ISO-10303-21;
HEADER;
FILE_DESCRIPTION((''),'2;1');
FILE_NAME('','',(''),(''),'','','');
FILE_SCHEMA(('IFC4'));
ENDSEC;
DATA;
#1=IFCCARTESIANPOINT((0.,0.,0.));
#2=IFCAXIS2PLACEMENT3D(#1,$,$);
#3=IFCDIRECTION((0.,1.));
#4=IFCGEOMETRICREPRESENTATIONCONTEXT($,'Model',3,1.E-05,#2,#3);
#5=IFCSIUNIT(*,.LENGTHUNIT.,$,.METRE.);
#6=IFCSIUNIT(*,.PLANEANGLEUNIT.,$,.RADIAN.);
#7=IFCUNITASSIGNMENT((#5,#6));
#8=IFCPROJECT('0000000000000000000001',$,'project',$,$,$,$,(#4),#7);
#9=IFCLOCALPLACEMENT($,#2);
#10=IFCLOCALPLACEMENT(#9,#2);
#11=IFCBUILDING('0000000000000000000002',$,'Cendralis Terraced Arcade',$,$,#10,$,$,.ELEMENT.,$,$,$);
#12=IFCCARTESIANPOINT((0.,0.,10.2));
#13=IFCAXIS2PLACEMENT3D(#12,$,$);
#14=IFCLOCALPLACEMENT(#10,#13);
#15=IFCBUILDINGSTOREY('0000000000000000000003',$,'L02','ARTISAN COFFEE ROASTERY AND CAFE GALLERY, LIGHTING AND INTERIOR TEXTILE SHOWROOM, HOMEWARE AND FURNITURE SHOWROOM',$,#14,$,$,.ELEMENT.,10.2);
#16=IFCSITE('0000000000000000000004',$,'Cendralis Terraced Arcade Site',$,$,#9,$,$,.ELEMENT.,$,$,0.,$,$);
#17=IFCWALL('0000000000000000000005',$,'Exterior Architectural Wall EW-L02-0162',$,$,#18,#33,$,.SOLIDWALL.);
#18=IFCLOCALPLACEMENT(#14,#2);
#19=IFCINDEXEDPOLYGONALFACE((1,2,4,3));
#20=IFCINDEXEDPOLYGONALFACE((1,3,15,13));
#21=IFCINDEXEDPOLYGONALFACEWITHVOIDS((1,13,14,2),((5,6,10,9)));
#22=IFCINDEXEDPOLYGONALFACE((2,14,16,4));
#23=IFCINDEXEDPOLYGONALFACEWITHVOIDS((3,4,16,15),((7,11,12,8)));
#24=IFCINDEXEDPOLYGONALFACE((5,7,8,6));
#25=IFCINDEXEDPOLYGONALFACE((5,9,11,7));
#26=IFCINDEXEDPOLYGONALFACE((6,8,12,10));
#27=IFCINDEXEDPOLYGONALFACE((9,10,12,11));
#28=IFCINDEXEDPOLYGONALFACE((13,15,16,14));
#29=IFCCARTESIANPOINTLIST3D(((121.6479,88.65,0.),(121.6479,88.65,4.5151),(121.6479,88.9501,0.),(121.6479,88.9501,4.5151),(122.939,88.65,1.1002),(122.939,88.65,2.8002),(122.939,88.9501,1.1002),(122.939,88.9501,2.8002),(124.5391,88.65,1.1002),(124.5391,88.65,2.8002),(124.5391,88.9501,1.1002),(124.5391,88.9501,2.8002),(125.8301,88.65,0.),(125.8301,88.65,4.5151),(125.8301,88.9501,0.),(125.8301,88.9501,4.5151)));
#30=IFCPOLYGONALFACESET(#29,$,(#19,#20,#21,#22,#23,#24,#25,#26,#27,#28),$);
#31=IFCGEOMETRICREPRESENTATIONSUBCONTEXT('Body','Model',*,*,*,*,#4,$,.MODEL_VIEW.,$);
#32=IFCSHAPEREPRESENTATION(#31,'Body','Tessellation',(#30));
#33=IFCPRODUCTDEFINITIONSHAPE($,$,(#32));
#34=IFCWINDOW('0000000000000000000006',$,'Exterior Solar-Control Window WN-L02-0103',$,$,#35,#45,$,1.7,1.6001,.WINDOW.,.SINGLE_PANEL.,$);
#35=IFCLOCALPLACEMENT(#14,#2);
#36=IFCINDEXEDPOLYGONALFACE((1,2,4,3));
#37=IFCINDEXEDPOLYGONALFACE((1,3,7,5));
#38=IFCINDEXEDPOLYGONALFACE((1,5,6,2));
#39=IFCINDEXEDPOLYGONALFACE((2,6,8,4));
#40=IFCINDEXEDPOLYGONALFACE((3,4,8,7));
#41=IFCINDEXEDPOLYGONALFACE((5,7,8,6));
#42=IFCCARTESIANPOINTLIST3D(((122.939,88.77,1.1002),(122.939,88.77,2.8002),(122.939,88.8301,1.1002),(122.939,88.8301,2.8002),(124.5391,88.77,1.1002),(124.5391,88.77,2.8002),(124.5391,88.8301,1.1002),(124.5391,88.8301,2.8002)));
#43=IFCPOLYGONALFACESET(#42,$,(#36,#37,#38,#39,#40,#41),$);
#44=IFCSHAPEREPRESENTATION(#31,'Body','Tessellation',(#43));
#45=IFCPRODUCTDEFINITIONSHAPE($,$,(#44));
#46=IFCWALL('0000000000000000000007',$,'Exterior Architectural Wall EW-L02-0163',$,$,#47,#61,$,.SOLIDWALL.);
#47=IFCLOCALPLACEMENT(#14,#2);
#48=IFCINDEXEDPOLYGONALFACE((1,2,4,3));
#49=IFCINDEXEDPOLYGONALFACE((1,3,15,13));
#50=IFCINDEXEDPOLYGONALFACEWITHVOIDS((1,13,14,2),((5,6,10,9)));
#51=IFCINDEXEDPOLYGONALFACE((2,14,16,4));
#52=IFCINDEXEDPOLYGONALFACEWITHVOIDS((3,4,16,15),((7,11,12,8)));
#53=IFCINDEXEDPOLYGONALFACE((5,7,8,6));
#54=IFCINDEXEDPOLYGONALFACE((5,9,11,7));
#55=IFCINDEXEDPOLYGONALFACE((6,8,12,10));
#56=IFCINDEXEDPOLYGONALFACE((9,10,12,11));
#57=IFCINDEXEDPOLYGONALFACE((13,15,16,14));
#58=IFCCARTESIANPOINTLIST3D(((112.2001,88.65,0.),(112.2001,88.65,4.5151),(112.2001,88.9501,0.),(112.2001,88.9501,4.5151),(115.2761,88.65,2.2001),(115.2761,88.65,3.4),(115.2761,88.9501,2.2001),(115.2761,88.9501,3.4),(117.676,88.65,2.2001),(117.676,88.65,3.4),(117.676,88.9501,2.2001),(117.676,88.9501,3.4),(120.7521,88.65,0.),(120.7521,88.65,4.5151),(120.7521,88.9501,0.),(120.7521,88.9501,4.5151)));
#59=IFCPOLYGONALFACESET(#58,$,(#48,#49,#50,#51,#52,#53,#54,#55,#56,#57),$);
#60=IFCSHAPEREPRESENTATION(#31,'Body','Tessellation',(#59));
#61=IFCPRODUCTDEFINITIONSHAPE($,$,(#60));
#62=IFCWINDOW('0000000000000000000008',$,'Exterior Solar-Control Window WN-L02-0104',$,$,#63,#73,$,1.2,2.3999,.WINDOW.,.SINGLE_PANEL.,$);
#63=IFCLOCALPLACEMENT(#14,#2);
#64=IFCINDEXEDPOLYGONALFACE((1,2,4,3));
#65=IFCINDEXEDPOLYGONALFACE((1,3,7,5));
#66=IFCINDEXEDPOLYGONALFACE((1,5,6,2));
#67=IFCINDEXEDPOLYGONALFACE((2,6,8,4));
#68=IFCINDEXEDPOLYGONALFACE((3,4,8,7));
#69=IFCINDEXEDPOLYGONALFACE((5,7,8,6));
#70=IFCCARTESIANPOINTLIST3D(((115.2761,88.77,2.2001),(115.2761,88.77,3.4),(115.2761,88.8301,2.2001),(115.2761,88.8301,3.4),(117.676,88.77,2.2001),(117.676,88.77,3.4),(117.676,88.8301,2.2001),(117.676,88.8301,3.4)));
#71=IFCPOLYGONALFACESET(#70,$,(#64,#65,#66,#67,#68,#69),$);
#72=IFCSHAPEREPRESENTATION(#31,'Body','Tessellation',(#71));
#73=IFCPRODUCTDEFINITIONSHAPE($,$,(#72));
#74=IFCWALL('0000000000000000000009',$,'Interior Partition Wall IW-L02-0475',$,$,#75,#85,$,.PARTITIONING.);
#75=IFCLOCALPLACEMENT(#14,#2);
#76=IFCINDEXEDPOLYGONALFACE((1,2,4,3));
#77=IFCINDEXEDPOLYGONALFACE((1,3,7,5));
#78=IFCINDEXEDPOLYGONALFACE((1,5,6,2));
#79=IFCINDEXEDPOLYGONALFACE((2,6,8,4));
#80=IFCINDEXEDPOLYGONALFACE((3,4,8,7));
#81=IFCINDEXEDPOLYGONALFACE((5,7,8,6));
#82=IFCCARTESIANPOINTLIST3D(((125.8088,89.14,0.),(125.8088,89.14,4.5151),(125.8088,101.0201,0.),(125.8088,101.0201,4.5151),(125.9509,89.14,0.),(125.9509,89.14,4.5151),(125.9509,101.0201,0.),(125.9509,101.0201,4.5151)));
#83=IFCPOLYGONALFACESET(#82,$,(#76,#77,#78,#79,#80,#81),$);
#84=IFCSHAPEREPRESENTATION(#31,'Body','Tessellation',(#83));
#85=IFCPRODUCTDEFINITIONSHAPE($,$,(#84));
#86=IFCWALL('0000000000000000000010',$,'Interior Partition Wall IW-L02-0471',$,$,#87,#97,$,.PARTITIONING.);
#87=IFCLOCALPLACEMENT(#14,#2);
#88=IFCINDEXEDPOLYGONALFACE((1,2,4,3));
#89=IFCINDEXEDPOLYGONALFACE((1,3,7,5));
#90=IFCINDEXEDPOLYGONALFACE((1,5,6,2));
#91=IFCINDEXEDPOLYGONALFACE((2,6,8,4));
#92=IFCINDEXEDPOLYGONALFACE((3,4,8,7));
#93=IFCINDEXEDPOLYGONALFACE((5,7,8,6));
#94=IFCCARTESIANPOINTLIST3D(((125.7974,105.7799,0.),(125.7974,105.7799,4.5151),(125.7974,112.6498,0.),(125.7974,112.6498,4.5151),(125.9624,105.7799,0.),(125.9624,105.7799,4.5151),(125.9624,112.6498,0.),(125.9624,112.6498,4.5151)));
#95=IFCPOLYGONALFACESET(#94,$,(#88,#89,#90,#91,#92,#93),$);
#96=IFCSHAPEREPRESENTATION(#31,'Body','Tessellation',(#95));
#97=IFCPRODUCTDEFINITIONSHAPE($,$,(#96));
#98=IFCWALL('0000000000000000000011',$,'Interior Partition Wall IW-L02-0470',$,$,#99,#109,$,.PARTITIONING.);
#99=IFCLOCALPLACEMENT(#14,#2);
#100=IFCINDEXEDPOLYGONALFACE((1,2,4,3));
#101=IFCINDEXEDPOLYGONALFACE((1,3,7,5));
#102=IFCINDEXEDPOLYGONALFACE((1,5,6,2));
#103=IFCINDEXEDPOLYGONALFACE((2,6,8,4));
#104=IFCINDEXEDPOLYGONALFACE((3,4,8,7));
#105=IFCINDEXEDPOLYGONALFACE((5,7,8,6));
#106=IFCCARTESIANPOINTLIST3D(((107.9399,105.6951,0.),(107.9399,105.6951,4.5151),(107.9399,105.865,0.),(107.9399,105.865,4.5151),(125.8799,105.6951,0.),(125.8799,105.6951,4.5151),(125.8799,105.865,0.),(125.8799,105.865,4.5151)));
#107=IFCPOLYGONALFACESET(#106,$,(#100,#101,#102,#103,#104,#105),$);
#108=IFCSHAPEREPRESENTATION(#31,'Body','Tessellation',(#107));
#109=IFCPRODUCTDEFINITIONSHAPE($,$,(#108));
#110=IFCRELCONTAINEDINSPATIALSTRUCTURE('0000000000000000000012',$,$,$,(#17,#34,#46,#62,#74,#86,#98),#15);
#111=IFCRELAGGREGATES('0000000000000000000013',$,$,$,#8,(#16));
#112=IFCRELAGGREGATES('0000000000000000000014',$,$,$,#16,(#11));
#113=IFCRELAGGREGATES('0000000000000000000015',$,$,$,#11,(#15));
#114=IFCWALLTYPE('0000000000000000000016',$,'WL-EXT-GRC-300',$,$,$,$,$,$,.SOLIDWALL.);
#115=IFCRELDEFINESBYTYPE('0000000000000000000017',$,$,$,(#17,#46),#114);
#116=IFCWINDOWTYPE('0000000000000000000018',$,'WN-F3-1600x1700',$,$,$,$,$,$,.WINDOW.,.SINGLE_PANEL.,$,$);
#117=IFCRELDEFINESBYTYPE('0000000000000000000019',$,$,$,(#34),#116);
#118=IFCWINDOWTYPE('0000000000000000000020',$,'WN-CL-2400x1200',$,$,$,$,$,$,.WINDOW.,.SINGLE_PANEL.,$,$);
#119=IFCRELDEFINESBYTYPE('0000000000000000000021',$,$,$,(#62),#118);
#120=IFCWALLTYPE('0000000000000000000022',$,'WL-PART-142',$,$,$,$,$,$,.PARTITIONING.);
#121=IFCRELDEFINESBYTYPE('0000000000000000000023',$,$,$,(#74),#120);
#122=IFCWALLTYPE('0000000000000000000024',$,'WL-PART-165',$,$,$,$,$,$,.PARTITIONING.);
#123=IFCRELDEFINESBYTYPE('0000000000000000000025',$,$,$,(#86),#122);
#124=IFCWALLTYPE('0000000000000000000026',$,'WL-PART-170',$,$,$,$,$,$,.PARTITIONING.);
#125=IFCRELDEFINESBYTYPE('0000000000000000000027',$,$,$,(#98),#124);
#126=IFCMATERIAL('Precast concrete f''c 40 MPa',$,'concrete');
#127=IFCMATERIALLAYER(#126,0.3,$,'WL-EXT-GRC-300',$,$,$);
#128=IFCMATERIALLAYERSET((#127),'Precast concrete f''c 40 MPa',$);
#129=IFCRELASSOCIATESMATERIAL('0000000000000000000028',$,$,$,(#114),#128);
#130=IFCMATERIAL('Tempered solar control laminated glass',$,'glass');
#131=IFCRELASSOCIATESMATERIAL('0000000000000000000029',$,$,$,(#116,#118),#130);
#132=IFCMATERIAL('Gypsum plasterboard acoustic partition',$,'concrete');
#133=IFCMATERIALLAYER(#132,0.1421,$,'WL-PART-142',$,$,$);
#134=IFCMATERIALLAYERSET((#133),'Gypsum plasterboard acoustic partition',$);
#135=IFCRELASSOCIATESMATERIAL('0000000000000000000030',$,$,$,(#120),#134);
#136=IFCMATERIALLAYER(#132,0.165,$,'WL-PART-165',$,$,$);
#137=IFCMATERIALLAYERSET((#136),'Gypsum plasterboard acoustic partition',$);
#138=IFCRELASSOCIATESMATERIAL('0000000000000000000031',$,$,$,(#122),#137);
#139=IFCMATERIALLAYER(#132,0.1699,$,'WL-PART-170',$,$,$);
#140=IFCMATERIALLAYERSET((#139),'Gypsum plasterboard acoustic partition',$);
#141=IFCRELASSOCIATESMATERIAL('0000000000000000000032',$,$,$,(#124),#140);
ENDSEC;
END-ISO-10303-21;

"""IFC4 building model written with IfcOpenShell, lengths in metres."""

from ifc_helpers import new_model, si_unit, direction, frame, frame_2d, origin, place, context, subcontext, project, spatial, rectangle, extrude, material, layer, layer_set, type_object, element, fill, save


model = new_model("IFC4")

# Units and contexts
model_context = context("Model", 3, precision=1e-05, world=origin(), true_north=direction((0.0, 1.0)))
body_context = subcontext(model_context, "Body", "Model", "MODEL_VIEW")
ifc_project = project(units=[si_unit("LENGTHUNIT", "METRE"), si_unit("PLANEANGLEUNIT", "RADIAN")], contexts=[model_context])

# Site, building, storey
site_placement = place(None, origin())
site = spatial("IfcSite", under=ifc_project, at=site_placement, Name="Cendralis Terraced Arcade Site", CompositionType="ELEMENT", RefElevation=0.0)
building_placement = place(site_placement, origin())
building = spatial("IfcBuilding", under=site, at=building_placement, Name="Cendralis Terraced Arcade", CompositionType="ELEMENT")
storey_placement = place(building_placement, frame((0.0, 0.0, 10.2)))
storey = spatial("IfcBuildingStorey", under=building, at=storey_placement, Name="L02", Description="ARTISAN COFFEE ROASTERY AND CAFE GALLERY, LIGHTING AND INTERIOR TEXTILE SHOWROOM, HOMEWARE AND FURNITURE SHOWROOM", CompositionType="ELEMENT", Elevation=10.2)

# Shared definitions
ifc_material_1 = material(Name="Tempered solar control laminated glass", Category="glass")

# Walls, openings, windows
ifc_material_2 = material(Name="Precast concrete f'c 40 MPa", Category="concrete")
ifc_layer_1 = layer(ifc_material_2, 0.3, Name="WL-EXT-GRC-300")
ifc_layer_set_1 = layer_set([ifc_layer_1], Name="Precast concrete f'c 40 MPa")
wall_type_1 = type_object("IfcWallType", Name="WL-EXT-GRC-300", PredefinedType="SOLIDWALL", material=ifc_layer_set_1)
wall_1_placement = place(storey_placement, frame((125.8301, 88.8, 0.0), z_axis=(0.0, 0.0, 1.0), x_axis=(-1.0, 0.0, 0.0)))
wall_1 = element("IfcWall", 1, at=wall_1_placement, inside=storey, type_object=wall_type_1, Name="Exterior Architectural Wall EW-L02-0162", PredefinedType="SOLIDWALL", context=body_context, shape_type="SweptSolid", body=[
    extrude(rectangle(XDim=4.1821, YDim=0.3, at=frame_2d((2.0911, 0.0))), origin(), (0.0, 0.0, 1.0), 4.5151),
])
opening_1_placement = place(wall_1_placement, frame((1.291, 0.0, 1.1001)))
opening_1 = element("IfcOpeningElement", 2, at=opening_1_placement, cuts=wall_1, PredefinedType="OPENING", context=body_context, shape_type="SweptSolid", body=[
    extrude(rectangle(XDim=1.6001, YDim=1.7, at=frame_2d((0.8, 0.8501))), frame((0.0, 0.1621, 0.0), z_axis=(0.0, -1.0, 0.0), x_axis=(1.0, 0.0, 0.0)), (0.0, 0.0, 1.0), 0.324),
])
window_type_1 = type_object("IfcWindowType", Name="WN-F3-1600x1700", PartitioningType="SINGLE_PANEL", PredefinedType="WINDOW", material=ifc_material_1)
window_1_placement = place(opening_1_placement, origin())
window_1 = element("IfcWindow", 3, at=window_1_placement, inside=storey, type_object=window_type_1, Name="Exterior Solar-Control Window WN-L02-0103", OverallHeight=1.7, OverallWidth=1.6001, PartitioningType="SINGLE_PANEL", PredefinedType="WINDOW", context=body_context, shape_type="SweptSolid", body=[
    extrude(rectangle(XDim=1.6001, YDim=1.7, at=frame_2d((0.8, 0.8501))), frame((0.0, 0.03, 0.0), z_axis=(0.0, -1.0, 0.0), x_axis=(1.0, 0.0, 0.0)), (0.0, 0.0, 1.0), 0.0601),
])
fill(opening_1, window_1)
wall_2_placement = place(storey_placement, frame((120.752, 88.8, 0.0), z_axis=(0.0, 0.0, 1.0), x_axis=(-1.0, 0.0, 0.0)))
wall_2 = element("IfcWall", 4, at=wall_2_placement, inside=storey, type_object=wall_type_1, Name="Exterior Architectural Wall EW-L02-0163", PredefinedType="SOLIDWALL", context=body_context, shape_type="SweptSolid", body=[
    extrude(rectangle(XDim=8.552, YDim=0.3, at=frame_2d((4.2759, 0.0))), origin(), (0.0, 0.0, 1.0), 4.5151),
])
opening_2_placement = place(wall_2_placement, frame((3.0759, 0.0, 2.2)))
opening_2 = element("IfcOpeningElement", 5, at=opening_2_placement, cuts=wall_2, PredefinedType="OPENING", context=body_context, shape_type="SweptSolid", body=[
    extrude(rectangle(XDim=2.3999, YDim=1.2, at=frame_2d((1.2, 0.6001))), frame((0.0, 0.1621, 0.0), z_axis=(0.0, -1.0, 0.0), x_axis=(1.0, 0.0, 0.0)), (0.0, 0.0, 1.0), 0.324),
])
window_type_2 = type_object("IfcWindowType", Name="WN-CL-2400x1200", PartitioningType="SINGLE_PANEL", PredefinedType="WINDOW", material=ifc_material_1)
window_2_placement = place(opening_2_placement, origin())
window_2 = element("IfcWindow", 6, at=window_2_placement, inside=storey, type_object=window_type_2, Name="Exterior Solar-Control Window WN-L02-0104", OverallHeight=1.2, OverallWidth=2.3999, PartitioningType="SINGLE_PANEL", PredefinedType="WINDOW", context=body_context, shape_type="SweptSolid", body=[
    extrude(rectangle(XDim=2.3999, YDim=1.2, at=frame_2d((1.2, 0.6001))), frame((0.0, 0.03, 0.0), z_axis=(0.0, -1.0, 0.0), x_axis=(1.0, 0.0, 0.0)), (0.0, 0.0, 1.0), 0.0601),
])
fill(opening_2, window_2)

# Walls
ifc_material_3 = material(Name="Gypsum plasterboard acoustic partition", Category="concrete")
ifc_layer_2 = layer(ifc_material_3, 0.1421, Name="WL-PART-142")
ifc_layer_set_2 = layer_set([ifc_layer_2], Name="Gypsum plasterboard acoustic partition")
wall_type_2 = type_object("IfcWallType", Name="WL-PART-142", PredefinedType="PARTITIONING", material=ifc_layer_set_2)
wall_3_placement = place(storey_placement, frame((125.8799, 101.02, 0.0), z_axis=(0.0, 0.0, 1.0), x_axis=(0.0, -1.0, 0.0)))
element("IfcWall", 7, at=wall_3_placement, inside=storey, type_object=wall_type_2, Name="Interior Partition Wall IW-L02-0475", PredefinedType="PARTITIONING", context=body_context, shape_type="SweptSolid", body=[
    extrude(rectangle(XDim=11.8801, YDim=0.1421, at=frame_2d((5.9399, 0.0))), origin(), (0.0, 0.0, 1.0), 4.5151),
])
ifc_layer_3 = layer(ifc_material_3, 0.165, Name="WL-PART-165")
ifc_layer_set_3 = layer_set([ifc_layer_3], Name="Gypsum plasterboard acoustic partition")
wall_type_3 = type_object("IfcWallType", Name="WL-PART-165", PredefinedType="PARTITIONING", material=ifc_layer_set_3)
wall_4_placement = place(storey_placement, frame((125.8799, 112.6499, 0.0), z_axis=(0.0, 0.0, 1.0), x_axis=(0.0, -1.0, 0.0)))
element("IfcWall", 8, at=wall_4_placement, inside=storey, type_object=wall_type_3, Name="Interior Partition Wall IW-L02-0471", PredefinedType="PARTITIONING", context=body_context, shape_type="SweptSolid", body=[
    extrude(rectangle(XDim=6.8699, YDim=0.165, at=frame_2d((3.4351, 0.0))), origin(), (0.0, 0.0, 1.0), 4.5151),
])
ifc_layer_4 = layer(ifc_material_3, 0.1699, Name="WL-PART-170")
ifc_layer_set_4 = layer_set([ifc_layer_4], Name="Gypsum plasterboard acoustic partition")
wall_type_4 = type_object("IfcWallType", Name="WL-PART-170", PredefinedType="PARTITIONING", material=ifc_layer_set_4)
wall_5_placement = place(storey_placement, frame((125.8799, 105.78, 0.0), z_axis=(0.0, 0.0, 1.0), x_axis=(-1.0, 0.0, 0.0)))
element("IfcWall", 9, at=wall_5_placement, inside=storey, type_object=wall_type_4, Name="Interior Partition Wall IW-L02-0470", PredefinedType="PARTITIONING", context=body_context, shape_type="SweptSolid", body=[
    extrude(rectangle(XDim=17.9399, YDim=0.1699, at=frame_2d((8.97, 0.0))), origin(), (0.0, 0.0, 1.0), 4.5151),
])

save(model, "model.ifc")
